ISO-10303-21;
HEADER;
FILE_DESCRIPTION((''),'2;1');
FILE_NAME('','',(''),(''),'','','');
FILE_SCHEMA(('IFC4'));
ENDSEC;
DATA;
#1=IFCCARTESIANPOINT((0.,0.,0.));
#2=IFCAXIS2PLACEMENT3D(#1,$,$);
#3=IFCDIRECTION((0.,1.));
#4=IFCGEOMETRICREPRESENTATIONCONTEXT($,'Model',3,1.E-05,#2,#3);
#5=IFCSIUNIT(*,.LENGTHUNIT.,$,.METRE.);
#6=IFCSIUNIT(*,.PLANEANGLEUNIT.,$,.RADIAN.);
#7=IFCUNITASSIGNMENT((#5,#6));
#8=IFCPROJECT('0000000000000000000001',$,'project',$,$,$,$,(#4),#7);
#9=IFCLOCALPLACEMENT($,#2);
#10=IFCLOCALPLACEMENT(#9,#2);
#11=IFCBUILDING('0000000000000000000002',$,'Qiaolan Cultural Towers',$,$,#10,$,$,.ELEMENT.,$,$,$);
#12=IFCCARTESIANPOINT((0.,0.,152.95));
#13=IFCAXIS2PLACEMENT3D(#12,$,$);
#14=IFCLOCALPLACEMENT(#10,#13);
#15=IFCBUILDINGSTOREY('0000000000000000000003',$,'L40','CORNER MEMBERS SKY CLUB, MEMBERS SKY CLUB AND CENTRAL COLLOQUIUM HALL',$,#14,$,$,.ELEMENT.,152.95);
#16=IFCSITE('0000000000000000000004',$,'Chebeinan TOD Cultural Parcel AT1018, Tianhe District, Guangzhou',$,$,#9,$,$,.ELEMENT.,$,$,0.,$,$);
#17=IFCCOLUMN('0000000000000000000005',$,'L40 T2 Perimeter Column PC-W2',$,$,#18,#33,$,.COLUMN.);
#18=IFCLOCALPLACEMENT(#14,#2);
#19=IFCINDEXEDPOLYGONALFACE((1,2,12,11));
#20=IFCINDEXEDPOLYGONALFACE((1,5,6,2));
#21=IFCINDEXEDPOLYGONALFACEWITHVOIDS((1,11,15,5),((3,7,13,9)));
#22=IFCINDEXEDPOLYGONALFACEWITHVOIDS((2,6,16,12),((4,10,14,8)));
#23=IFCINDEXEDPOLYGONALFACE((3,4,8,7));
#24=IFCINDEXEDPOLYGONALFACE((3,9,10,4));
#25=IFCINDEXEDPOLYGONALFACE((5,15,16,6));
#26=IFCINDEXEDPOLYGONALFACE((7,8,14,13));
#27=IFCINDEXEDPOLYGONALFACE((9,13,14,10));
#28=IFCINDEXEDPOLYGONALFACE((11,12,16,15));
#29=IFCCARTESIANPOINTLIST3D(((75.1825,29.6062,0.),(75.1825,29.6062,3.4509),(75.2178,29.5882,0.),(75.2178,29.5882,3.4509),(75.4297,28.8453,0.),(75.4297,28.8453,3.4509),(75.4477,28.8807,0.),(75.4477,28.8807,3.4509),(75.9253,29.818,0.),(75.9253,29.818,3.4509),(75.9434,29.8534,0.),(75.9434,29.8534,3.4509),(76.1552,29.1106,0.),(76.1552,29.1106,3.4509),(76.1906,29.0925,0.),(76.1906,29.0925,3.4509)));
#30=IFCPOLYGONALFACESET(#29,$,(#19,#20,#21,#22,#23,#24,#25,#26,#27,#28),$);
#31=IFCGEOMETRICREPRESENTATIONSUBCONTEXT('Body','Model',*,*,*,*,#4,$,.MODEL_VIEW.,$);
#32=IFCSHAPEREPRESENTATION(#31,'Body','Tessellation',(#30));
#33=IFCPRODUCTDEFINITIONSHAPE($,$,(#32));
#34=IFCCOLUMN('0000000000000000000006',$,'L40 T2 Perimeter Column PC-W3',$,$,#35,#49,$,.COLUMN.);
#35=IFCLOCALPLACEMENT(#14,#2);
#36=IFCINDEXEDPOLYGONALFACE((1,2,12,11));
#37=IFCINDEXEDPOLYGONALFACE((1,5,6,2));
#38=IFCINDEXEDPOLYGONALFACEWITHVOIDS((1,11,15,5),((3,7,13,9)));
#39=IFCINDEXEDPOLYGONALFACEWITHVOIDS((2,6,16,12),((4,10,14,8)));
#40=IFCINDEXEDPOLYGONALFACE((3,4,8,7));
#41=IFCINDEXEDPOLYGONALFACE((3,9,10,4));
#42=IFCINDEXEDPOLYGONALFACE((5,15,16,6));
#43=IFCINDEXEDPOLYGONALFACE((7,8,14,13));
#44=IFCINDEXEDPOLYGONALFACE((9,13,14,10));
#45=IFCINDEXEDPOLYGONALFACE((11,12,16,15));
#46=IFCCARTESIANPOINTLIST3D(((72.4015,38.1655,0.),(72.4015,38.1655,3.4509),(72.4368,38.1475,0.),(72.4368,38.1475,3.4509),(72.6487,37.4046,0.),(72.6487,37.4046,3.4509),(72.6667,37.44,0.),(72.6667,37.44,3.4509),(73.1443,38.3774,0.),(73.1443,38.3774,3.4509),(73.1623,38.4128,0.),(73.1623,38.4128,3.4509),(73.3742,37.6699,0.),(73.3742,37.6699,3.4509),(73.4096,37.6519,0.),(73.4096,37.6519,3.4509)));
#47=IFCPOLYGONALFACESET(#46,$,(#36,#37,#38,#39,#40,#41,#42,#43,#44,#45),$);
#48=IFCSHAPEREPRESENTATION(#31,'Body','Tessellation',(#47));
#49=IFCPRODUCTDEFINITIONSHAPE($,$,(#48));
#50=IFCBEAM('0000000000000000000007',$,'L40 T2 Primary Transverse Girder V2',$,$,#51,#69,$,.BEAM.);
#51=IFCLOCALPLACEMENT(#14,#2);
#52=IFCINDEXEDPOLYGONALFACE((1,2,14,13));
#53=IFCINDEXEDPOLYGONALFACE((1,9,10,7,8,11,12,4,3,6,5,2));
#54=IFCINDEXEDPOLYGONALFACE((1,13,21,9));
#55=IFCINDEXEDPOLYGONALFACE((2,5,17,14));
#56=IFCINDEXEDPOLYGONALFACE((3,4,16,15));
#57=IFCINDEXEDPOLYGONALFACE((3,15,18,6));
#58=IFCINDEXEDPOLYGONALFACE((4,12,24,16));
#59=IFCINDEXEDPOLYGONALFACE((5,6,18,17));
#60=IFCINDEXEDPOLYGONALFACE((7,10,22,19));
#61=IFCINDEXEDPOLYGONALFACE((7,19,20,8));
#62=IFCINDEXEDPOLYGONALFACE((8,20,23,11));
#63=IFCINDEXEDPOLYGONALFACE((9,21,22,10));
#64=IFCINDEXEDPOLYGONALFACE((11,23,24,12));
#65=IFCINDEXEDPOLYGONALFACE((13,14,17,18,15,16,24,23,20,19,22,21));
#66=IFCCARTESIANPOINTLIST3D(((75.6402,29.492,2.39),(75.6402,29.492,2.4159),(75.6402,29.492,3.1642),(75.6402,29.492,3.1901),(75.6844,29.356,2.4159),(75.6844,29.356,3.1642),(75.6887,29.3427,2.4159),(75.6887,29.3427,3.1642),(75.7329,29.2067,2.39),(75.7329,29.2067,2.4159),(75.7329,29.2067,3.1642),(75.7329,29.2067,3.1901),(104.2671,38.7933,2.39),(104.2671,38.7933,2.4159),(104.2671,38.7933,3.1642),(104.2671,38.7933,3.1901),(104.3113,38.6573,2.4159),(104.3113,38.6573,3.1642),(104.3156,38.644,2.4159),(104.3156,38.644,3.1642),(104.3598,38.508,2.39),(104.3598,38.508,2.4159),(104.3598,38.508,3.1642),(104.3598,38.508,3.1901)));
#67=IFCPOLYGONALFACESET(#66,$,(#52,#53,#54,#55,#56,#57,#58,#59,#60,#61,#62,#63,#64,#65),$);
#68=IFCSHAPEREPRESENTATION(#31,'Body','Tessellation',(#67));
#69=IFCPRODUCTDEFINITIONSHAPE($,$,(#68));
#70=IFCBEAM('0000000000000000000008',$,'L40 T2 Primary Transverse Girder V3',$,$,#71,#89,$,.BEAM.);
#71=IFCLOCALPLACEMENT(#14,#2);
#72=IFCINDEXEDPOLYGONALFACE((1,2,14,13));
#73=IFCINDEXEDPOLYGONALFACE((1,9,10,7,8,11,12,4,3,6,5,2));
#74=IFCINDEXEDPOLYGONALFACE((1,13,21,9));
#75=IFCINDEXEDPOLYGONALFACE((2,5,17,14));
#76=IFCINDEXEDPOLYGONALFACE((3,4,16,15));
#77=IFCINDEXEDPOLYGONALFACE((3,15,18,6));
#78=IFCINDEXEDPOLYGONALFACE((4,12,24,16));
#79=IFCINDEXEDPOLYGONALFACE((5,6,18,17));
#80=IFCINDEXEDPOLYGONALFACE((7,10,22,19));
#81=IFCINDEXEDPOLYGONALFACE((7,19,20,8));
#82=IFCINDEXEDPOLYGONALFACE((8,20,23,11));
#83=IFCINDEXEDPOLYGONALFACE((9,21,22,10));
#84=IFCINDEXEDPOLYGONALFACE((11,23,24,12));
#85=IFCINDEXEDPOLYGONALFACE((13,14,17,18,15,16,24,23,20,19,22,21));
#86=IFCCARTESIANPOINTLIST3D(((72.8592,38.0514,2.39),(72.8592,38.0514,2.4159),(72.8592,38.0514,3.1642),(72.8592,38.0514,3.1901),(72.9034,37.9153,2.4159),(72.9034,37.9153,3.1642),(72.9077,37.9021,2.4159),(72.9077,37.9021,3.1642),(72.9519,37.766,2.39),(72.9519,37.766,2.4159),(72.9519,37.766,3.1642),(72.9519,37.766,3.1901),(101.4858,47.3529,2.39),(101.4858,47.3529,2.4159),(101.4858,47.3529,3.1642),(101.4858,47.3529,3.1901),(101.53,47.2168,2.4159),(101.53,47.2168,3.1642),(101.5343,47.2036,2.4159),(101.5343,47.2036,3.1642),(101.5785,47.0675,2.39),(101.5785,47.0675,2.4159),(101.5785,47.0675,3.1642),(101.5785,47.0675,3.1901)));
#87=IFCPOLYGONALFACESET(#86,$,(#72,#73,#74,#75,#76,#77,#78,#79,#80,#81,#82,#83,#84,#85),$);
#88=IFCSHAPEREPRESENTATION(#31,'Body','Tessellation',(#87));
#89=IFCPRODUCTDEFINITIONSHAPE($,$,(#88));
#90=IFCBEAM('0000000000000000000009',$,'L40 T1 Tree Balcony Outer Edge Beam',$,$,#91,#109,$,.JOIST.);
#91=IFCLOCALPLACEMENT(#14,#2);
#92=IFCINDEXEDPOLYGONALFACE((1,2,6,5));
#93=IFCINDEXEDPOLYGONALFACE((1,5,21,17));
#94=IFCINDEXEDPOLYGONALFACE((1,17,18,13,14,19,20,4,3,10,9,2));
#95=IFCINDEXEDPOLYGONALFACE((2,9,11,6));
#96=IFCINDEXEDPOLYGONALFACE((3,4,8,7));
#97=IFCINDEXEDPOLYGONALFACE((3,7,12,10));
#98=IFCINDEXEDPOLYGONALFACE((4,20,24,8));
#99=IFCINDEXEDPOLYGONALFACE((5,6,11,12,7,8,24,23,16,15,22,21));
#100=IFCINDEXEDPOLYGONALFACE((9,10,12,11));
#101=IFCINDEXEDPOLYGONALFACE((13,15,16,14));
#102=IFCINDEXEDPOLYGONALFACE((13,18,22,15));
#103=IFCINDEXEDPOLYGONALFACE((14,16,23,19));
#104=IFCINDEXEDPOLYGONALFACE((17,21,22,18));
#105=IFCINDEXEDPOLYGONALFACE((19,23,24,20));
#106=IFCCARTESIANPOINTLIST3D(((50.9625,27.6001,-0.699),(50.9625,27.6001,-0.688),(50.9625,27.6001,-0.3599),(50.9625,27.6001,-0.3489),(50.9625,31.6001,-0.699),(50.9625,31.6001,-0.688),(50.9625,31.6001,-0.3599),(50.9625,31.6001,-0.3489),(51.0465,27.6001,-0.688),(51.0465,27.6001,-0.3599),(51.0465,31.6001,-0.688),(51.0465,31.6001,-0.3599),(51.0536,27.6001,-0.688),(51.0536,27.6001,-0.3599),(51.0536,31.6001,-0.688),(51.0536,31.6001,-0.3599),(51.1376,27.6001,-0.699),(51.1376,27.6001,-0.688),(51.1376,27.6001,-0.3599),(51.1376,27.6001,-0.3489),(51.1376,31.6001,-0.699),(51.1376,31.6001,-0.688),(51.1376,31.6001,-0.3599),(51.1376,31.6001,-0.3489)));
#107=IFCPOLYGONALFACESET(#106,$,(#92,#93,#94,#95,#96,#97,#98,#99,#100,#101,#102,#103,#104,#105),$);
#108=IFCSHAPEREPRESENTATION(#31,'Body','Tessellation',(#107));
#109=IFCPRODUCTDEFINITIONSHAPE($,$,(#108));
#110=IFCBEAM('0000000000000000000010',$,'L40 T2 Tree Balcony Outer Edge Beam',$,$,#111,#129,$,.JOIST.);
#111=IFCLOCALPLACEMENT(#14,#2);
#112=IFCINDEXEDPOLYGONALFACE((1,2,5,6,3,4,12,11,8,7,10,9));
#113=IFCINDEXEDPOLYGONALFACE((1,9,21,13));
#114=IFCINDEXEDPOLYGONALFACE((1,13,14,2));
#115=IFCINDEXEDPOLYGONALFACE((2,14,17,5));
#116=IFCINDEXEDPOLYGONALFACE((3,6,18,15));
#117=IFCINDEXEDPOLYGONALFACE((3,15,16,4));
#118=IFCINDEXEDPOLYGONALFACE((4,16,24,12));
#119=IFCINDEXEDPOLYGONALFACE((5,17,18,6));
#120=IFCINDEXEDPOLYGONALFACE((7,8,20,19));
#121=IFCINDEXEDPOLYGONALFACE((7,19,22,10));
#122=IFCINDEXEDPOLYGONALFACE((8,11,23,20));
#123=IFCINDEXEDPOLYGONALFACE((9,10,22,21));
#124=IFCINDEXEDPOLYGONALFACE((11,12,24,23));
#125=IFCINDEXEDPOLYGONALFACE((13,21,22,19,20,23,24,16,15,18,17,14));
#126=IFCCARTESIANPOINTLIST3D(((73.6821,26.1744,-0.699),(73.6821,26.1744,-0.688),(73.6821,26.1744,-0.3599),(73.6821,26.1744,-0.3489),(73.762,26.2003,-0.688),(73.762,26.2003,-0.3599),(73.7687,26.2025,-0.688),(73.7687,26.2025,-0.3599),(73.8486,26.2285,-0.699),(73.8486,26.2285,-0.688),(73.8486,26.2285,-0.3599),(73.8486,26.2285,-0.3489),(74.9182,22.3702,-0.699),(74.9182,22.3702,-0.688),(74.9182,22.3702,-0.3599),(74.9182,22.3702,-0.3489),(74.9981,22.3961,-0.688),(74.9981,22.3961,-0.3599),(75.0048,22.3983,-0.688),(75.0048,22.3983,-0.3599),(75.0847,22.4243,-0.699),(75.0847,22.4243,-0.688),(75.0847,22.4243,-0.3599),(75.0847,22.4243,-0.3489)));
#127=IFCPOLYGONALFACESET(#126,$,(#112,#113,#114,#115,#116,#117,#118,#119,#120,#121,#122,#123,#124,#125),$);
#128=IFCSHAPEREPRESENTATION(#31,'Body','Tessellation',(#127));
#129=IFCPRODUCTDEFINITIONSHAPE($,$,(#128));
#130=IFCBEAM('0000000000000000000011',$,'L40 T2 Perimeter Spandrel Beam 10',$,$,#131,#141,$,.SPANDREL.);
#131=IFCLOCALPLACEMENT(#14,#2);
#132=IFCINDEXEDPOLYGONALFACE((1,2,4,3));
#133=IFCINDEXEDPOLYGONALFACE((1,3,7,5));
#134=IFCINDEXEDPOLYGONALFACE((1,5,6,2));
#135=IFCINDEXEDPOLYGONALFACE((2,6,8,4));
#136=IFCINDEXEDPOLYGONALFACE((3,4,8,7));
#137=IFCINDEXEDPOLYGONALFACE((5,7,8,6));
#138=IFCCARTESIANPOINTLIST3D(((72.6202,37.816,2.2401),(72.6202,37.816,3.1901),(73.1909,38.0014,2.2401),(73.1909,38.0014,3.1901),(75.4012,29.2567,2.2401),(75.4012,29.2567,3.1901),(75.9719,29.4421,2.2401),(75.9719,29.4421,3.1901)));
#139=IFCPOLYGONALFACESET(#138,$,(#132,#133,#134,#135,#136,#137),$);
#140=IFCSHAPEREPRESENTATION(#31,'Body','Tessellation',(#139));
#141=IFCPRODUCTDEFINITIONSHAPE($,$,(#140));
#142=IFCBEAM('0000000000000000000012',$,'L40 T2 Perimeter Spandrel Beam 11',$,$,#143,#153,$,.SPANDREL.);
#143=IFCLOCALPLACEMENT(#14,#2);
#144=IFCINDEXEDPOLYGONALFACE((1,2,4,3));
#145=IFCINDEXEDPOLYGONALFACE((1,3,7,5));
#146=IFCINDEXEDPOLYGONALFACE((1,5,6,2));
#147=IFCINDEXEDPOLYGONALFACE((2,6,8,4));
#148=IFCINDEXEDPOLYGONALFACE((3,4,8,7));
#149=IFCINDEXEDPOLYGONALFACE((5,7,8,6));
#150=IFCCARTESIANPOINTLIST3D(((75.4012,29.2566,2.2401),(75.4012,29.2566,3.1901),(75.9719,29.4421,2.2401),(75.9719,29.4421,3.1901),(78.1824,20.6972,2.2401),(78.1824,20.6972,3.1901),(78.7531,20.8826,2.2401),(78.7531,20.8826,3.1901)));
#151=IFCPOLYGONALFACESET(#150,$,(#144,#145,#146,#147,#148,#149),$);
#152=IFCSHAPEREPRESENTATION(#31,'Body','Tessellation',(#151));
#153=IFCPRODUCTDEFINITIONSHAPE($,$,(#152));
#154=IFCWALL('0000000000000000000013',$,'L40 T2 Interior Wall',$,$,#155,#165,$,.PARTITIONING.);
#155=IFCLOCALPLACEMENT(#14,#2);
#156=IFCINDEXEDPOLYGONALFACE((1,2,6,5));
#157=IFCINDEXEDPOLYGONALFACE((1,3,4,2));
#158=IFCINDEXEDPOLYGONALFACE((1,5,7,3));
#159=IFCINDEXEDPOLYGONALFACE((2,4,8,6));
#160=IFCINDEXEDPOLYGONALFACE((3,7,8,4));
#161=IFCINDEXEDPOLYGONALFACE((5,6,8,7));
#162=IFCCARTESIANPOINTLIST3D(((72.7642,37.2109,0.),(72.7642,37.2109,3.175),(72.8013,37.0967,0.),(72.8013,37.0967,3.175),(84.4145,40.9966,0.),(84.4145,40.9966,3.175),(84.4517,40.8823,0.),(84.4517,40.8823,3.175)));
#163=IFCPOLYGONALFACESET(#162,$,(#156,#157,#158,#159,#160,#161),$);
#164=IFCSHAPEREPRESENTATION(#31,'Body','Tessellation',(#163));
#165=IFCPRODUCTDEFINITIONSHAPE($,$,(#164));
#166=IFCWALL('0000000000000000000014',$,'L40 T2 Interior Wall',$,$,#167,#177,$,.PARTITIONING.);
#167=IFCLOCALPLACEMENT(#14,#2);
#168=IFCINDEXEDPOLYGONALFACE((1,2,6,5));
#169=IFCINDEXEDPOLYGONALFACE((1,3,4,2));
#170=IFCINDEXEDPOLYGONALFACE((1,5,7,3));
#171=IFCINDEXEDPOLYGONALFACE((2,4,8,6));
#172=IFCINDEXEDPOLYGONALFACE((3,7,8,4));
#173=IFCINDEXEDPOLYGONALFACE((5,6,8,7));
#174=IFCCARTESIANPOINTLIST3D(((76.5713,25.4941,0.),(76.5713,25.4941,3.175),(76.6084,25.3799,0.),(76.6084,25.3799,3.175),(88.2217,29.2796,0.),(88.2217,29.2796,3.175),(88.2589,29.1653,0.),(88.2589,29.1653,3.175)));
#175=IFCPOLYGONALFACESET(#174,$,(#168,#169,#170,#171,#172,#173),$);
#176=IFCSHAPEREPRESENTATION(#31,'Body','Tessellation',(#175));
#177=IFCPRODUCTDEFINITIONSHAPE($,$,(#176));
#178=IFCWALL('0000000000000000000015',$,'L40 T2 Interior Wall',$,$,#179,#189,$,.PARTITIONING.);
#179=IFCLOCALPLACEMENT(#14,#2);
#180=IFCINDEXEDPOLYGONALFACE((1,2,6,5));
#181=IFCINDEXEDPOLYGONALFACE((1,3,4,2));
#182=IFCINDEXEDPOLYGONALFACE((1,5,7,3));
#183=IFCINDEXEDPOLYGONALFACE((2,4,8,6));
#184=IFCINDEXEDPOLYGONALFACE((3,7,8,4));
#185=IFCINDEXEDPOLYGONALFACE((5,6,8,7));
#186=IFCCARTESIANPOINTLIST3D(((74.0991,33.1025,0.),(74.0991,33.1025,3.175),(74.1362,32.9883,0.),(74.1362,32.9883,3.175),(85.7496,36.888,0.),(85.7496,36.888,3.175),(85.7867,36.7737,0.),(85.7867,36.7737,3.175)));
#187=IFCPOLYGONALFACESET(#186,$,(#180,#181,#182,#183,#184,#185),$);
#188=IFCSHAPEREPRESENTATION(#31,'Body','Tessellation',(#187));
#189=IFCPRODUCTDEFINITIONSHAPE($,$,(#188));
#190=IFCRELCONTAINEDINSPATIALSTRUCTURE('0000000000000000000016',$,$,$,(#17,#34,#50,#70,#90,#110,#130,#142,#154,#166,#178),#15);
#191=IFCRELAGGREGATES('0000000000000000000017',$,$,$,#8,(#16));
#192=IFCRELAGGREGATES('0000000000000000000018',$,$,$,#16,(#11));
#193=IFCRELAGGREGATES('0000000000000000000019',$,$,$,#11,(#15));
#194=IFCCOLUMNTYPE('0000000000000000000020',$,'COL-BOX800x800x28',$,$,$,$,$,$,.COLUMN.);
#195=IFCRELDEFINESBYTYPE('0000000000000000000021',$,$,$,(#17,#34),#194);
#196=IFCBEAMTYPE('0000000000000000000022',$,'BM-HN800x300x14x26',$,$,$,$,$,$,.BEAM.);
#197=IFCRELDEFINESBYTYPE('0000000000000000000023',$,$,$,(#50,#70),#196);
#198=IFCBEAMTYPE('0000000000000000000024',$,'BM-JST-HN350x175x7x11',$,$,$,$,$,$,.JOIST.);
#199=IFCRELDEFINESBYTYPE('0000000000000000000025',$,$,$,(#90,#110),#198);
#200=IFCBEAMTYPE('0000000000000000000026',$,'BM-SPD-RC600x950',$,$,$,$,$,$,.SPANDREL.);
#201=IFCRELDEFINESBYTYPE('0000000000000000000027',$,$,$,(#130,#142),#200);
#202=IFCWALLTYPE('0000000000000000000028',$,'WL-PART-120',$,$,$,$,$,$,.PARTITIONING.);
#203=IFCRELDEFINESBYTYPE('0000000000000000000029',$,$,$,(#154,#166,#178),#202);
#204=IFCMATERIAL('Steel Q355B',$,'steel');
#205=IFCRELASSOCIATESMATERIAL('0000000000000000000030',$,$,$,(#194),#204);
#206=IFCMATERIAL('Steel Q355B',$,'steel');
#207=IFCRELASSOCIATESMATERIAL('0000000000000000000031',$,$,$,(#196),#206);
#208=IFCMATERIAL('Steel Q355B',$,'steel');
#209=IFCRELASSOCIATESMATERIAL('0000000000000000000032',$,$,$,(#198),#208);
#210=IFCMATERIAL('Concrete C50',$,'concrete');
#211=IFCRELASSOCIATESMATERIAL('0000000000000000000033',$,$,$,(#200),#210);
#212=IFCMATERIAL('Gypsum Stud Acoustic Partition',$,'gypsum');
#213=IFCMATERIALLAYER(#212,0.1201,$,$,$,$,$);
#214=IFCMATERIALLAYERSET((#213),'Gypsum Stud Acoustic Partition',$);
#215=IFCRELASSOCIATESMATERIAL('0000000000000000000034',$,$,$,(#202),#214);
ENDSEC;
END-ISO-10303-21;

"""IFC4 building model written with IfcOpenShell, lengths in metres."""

from ifc_helpers import new_model, si_unit, direction, frame, frame_2d, origin, origin_2d, place, context, subcontext, project, spatial, rectangle, hollow_rectangle, i_section, extrude, material, layer, layer_set, material_profile, profile_set, type_object, element, save


model = new_model("IFC4")

# Units and contexts
model_context = context("Model", 3, precision=1e-05, world=origin(), true_north=direction((0.0, 1.0)))
body_context = subcontext(model_context, "Body", "Model", "MODEL_VIEW")
ifc_project = project(units=[si_unit("LENGTHUNIT", "METRE"), si_unit("PLANEANGLEUNIT", "RADIAN")], contexts=[model_context])

# Site, building, storey
site_placement = place(None, origin())
site = spatial("IfcSite", under=ifc_project, at=site_placement, Name="Chebeinan TOD Cultural Parcel AT1018, Tianhe District, Guangzhou", CompositionType="ELEMENT", RefElevation=0.0)
building_placement = place(site_placement, origin())
building = spatial("IfcBuilding", under=site, at=building_placement, Name="Qiaolan Cultural Towers", CompositionType="ELEMENT")
storey_placement = place(building_placement, frame((0.0, 0.0, 152.95)))
storey = spatial("IfcBuildingStorey", under=building, at=storey_placement, Name="L40", Description="CORNER MEMBERS SKY CLUB, MEMBERS SKY CLUB AND CENTRAL COLLOQUIUM HALL", CompositionType="ELEMENT", Elevation=152.95)

# Columns
ifc_material_1 = material(Name="Steel Q355B", Category="steel")
ifc_material_profile_1 = material_profile(ifc_material_1, hollow_rectangle(XDim=0.8, YDim=0.8, WallThickness=0.0281, at=origin_2d()), Name="BOX800x800x28")
ifc_profile_set_1 = profile_set([ifc_material_profile_1], Name="Steel Q355B")
column_type = type_object("IfcColumnType", Name="COL-BOX800x800x28", PredefinedType="COLUMN", material=ifc_profile_set_1)
for number, where, z_axis, x_axis, name in (
    (1, (75.6865, 29.3494, 0.0), (0.0, 0.0, 1.0), (0.951057, 0.309017, 0.0), "L40 T2 Perimeter Column PC-W2"),
    (2, (72.9055, 37.9087, 0.0), (0.0, 0.0, 1.0), (0.951057, 0.309017, 0.0), "L40 T2 Perimeter Column PC-W3"),
):
    element("IfcColumn", number, at=place(storey_placement, frame(where, z_axis=z_axis, x_axis=x_axis)), inside=storey, type_object=column_type, Name=name, PredefinedType="COLUMN", context=body_context, shape_type="SweptSolid", body=[
        extrude(hollow_rectangle(XDim=0.8, YDim=0.8, WallThickness=0.0281, at=origin_2d()), origin(), (0.0, 0.0, 1.0), 3.4509),
    ])

# Beams
ifc_material_2 = material(Name="Steel Q355B", Category="steel")
ifc_material_profile_2 = material_profile(ifc_material_2, i_section(OverallWidth=0.3, OverallDepth=0.8, WebThickness=0.0139, FlangeThickness=0.0259, at=origin_2d()), Name="HN800x300x14x26")
ifc_profile_set_2 = profile_set([ifc_material_profile_2], Name="Steel Q355B")
beam_type_1 = type_object("IfcBeamType", Name="BM-HN800x300x14x26", PredefinedType="BEAM", material=ifc_profile_set_2)
beam_1_placement = place(storey_placement, frame((75.6865, 29.3494, 2.79), z_axis=(0.951058, 0.309011, 0.0), x_axis=(-0.309011, 0.951058, 0.0)))
element("IfcBeam", 3, at=beam_1_placement, inside=storey, type_object=beam_type_1, Name="L40 T2 Primary Transverse Girder V2", PredefinedType="BEAM", context=body_context, shape_type="SweptSolid", body=[
    extrude(i_section(OverallWidth=0.3, OverallDepth=0.8, WebThickness=0.0139, FlangeThickness=0.0259, at=origin_2d()), origin(), (0.0, 0.0, 1.0), 30.1001),
])
beam_2_placement = place(storey_placement, frame((72.9055, 37.9087, 2.79), z_axis=(0.951055, 0.309021, 0.0), x_axis=(-0.309021, 0.951055, 0.0)))
element("IfcBeam", 4, at=beam_2_placement, inside=storey, type_object=beam_type_1, Name="L40 T2 Primary Transverse Girder V3", PredefinedType="BEAM", context=body_context, shape_type="SweptSolid", body=[
    extrude(i_section(OverallWidth=0.3, OverallDepth=0.8, WebThickness=0.0139, FlangeThickness=0.0259, at=origin_2d()), origin(), (0.0, 0.0, 1.0), 30.0999),
])
ifc_material_3 = material(Name="Steel Q355B", Category="steel")
ifc_material_profile_3 = material_profile(ifc_material_3, i_section(OverallWidth=0.175, OverallDepth=0.3501, WebThickness=0.0071, FlangeThickness=0.011, at=origin_2d()), Name="HN350x175x7x11")
ifc_profile_set_3 = profile_set([ifc_material_profile_3], Name="Steel Q355B")
beam_type_2 = type_object("IfcBeamType", Name="BM-JST-HN350x175x7x11", PredefinedType="JOIST", material=ifc_profile_set_3)
for number, where, z_axis, x_axis, name in (
    (5, (51.05, 27.6001, -0.5239), (0.0, 1.0, 0.0), (-1.0, 0.0, 0.0), "L40 T1 Tree Balcony Outer Edge Beam"),
    (6, (75.0015, 22.3972, -0.5239), (-0.309023, 0.951055, 0.0), (-0.951055, -0.309023, 0.0), "L40 T2 Tree Balcony Outer Edge Beam"),
):
    element("IfcBeam", number, at=place(storey_placement, frame(where, z_axis=z_axis, x_axis=x_axis)), inside=storey, type_object=beam_type_2, Name=name, PredefinedType="JOIST", context=body_context, shape_type="SweptSolid", body=[
        extrude(i_section(OverallWidth=0.175, OverallDepth=0.3501, WebThickness=0.0071, FlangeThickness=0.011, at=origin_2d()), origin(), (0.0, 0.0, 1.0), 4.0),
    ])
ifc_material_4 = material(Name="Concrete C50", Category="concrete")
ifc_material_profile_4 = material_profile(ifc_material_4, rectangle(XDim=0.6001, YDim=0.95, at=origin_2d()), Name="RC600x950")
ifc_profile_set_4 = profile_set([ifc_material_profile_4], Name="Concrete C50")
beam_type_3 = type_object("IfcBeamType", Name="BM-SPD-RC600x950", PredefinedType="SPANDREL", material=ifc_profile_set_4)
beam_3_placement = place(storey_placement, frame((72.9055, 37.9087, 2.7151), z_axis=(0.309008, -0.951059, 0.0), x_axis=(0.951059, 0.309008, 0.0)))
element("IfcBeam", 7, at=beam_3_placement, inside=storey, type_object=beam_type_3, Name="L40 T2 Perimeter Spandrel Beam 10", PredefinedType="SPANDREL", context=body_context, shape_type="SweptSolid", body=[
    extrude(rectangle(XDim=0.6001, YDim=0.95, at=origin_2d()), origin(), (0.0, 0.0, 1.0), 8.9998),
])
beam_4_placement = place(storey_placement, frame((75.6865, 29.3494, 2.7151), z_axis=(0.309025, -0.951054, 0.0), x_axis=(0.951054, 0.309025, 0.0)))
element("IfcBeam", 8, at=beam_4_placement, inside=storey, type_object=beam_type_3, Name="L40 T2 Perimeter Spandrel Beam 11", PredefinedType="SPANDREL", context=body_context, shape_type="SweptSolid", body=[
    extrude(rectangle(XDim=0.6001, YDim=0.95, at=origin_2d()), origin(), (0.0, 0.0, 1.0), 9.0),
])

# Walls
ifc_material_5 = material(Name="Gypsum Stud Acoustic Partition", Category="gypsum")
ifc_layer_1 = layer(ifc_material_5, 0.1201)
ifc_layer_set_1 = layer_set([ifc_layer_1], Name="Gypsum Stud Acoustic Partition")
wall_type_1 = type_object("IfcWallType", Name="WL-PART-120", PredefinedType="PARTITIONING", material=ifc_layer_set_1)
for number, where, z_axis, x_axis, name in (
    (9, (72.7827, 37.1538, 0.0), (0.0, 0.0, 1.0), (0.951052, 0.309032, 0.0), "L40 T2 Interior Wall"),
    (10, (76.5898, 25.437, 0.0), (0.0, 0.0, 1.0), (0.951057, 0.309014, 0.0), "L40 T2 Interior Wall"),
    (11, (74.1177, 33.0454, 0.0), (0.0, 0.0, 1.0), (0.951057, 0.309014, 0.0), "L40 T2 Interior Wall"),
):
    element("IfcWall", number, at=place(storey_placement, frame(where, z_axis=z_axis, x_axis=x_axis)), inside=storey, type_object=wall_type_1, Name=name, PredefinedType="PARTITIONING", context=body_context, shape_type="SweptSolid", body=[
        extrude(rectangle(XDim=12.25, YDim=0.1201, at=frame_2d((6.125, 0.0))), origin(), (0.0, 0.0, 1.0), 3.175),
    ])

save(model, "model.ifc")
